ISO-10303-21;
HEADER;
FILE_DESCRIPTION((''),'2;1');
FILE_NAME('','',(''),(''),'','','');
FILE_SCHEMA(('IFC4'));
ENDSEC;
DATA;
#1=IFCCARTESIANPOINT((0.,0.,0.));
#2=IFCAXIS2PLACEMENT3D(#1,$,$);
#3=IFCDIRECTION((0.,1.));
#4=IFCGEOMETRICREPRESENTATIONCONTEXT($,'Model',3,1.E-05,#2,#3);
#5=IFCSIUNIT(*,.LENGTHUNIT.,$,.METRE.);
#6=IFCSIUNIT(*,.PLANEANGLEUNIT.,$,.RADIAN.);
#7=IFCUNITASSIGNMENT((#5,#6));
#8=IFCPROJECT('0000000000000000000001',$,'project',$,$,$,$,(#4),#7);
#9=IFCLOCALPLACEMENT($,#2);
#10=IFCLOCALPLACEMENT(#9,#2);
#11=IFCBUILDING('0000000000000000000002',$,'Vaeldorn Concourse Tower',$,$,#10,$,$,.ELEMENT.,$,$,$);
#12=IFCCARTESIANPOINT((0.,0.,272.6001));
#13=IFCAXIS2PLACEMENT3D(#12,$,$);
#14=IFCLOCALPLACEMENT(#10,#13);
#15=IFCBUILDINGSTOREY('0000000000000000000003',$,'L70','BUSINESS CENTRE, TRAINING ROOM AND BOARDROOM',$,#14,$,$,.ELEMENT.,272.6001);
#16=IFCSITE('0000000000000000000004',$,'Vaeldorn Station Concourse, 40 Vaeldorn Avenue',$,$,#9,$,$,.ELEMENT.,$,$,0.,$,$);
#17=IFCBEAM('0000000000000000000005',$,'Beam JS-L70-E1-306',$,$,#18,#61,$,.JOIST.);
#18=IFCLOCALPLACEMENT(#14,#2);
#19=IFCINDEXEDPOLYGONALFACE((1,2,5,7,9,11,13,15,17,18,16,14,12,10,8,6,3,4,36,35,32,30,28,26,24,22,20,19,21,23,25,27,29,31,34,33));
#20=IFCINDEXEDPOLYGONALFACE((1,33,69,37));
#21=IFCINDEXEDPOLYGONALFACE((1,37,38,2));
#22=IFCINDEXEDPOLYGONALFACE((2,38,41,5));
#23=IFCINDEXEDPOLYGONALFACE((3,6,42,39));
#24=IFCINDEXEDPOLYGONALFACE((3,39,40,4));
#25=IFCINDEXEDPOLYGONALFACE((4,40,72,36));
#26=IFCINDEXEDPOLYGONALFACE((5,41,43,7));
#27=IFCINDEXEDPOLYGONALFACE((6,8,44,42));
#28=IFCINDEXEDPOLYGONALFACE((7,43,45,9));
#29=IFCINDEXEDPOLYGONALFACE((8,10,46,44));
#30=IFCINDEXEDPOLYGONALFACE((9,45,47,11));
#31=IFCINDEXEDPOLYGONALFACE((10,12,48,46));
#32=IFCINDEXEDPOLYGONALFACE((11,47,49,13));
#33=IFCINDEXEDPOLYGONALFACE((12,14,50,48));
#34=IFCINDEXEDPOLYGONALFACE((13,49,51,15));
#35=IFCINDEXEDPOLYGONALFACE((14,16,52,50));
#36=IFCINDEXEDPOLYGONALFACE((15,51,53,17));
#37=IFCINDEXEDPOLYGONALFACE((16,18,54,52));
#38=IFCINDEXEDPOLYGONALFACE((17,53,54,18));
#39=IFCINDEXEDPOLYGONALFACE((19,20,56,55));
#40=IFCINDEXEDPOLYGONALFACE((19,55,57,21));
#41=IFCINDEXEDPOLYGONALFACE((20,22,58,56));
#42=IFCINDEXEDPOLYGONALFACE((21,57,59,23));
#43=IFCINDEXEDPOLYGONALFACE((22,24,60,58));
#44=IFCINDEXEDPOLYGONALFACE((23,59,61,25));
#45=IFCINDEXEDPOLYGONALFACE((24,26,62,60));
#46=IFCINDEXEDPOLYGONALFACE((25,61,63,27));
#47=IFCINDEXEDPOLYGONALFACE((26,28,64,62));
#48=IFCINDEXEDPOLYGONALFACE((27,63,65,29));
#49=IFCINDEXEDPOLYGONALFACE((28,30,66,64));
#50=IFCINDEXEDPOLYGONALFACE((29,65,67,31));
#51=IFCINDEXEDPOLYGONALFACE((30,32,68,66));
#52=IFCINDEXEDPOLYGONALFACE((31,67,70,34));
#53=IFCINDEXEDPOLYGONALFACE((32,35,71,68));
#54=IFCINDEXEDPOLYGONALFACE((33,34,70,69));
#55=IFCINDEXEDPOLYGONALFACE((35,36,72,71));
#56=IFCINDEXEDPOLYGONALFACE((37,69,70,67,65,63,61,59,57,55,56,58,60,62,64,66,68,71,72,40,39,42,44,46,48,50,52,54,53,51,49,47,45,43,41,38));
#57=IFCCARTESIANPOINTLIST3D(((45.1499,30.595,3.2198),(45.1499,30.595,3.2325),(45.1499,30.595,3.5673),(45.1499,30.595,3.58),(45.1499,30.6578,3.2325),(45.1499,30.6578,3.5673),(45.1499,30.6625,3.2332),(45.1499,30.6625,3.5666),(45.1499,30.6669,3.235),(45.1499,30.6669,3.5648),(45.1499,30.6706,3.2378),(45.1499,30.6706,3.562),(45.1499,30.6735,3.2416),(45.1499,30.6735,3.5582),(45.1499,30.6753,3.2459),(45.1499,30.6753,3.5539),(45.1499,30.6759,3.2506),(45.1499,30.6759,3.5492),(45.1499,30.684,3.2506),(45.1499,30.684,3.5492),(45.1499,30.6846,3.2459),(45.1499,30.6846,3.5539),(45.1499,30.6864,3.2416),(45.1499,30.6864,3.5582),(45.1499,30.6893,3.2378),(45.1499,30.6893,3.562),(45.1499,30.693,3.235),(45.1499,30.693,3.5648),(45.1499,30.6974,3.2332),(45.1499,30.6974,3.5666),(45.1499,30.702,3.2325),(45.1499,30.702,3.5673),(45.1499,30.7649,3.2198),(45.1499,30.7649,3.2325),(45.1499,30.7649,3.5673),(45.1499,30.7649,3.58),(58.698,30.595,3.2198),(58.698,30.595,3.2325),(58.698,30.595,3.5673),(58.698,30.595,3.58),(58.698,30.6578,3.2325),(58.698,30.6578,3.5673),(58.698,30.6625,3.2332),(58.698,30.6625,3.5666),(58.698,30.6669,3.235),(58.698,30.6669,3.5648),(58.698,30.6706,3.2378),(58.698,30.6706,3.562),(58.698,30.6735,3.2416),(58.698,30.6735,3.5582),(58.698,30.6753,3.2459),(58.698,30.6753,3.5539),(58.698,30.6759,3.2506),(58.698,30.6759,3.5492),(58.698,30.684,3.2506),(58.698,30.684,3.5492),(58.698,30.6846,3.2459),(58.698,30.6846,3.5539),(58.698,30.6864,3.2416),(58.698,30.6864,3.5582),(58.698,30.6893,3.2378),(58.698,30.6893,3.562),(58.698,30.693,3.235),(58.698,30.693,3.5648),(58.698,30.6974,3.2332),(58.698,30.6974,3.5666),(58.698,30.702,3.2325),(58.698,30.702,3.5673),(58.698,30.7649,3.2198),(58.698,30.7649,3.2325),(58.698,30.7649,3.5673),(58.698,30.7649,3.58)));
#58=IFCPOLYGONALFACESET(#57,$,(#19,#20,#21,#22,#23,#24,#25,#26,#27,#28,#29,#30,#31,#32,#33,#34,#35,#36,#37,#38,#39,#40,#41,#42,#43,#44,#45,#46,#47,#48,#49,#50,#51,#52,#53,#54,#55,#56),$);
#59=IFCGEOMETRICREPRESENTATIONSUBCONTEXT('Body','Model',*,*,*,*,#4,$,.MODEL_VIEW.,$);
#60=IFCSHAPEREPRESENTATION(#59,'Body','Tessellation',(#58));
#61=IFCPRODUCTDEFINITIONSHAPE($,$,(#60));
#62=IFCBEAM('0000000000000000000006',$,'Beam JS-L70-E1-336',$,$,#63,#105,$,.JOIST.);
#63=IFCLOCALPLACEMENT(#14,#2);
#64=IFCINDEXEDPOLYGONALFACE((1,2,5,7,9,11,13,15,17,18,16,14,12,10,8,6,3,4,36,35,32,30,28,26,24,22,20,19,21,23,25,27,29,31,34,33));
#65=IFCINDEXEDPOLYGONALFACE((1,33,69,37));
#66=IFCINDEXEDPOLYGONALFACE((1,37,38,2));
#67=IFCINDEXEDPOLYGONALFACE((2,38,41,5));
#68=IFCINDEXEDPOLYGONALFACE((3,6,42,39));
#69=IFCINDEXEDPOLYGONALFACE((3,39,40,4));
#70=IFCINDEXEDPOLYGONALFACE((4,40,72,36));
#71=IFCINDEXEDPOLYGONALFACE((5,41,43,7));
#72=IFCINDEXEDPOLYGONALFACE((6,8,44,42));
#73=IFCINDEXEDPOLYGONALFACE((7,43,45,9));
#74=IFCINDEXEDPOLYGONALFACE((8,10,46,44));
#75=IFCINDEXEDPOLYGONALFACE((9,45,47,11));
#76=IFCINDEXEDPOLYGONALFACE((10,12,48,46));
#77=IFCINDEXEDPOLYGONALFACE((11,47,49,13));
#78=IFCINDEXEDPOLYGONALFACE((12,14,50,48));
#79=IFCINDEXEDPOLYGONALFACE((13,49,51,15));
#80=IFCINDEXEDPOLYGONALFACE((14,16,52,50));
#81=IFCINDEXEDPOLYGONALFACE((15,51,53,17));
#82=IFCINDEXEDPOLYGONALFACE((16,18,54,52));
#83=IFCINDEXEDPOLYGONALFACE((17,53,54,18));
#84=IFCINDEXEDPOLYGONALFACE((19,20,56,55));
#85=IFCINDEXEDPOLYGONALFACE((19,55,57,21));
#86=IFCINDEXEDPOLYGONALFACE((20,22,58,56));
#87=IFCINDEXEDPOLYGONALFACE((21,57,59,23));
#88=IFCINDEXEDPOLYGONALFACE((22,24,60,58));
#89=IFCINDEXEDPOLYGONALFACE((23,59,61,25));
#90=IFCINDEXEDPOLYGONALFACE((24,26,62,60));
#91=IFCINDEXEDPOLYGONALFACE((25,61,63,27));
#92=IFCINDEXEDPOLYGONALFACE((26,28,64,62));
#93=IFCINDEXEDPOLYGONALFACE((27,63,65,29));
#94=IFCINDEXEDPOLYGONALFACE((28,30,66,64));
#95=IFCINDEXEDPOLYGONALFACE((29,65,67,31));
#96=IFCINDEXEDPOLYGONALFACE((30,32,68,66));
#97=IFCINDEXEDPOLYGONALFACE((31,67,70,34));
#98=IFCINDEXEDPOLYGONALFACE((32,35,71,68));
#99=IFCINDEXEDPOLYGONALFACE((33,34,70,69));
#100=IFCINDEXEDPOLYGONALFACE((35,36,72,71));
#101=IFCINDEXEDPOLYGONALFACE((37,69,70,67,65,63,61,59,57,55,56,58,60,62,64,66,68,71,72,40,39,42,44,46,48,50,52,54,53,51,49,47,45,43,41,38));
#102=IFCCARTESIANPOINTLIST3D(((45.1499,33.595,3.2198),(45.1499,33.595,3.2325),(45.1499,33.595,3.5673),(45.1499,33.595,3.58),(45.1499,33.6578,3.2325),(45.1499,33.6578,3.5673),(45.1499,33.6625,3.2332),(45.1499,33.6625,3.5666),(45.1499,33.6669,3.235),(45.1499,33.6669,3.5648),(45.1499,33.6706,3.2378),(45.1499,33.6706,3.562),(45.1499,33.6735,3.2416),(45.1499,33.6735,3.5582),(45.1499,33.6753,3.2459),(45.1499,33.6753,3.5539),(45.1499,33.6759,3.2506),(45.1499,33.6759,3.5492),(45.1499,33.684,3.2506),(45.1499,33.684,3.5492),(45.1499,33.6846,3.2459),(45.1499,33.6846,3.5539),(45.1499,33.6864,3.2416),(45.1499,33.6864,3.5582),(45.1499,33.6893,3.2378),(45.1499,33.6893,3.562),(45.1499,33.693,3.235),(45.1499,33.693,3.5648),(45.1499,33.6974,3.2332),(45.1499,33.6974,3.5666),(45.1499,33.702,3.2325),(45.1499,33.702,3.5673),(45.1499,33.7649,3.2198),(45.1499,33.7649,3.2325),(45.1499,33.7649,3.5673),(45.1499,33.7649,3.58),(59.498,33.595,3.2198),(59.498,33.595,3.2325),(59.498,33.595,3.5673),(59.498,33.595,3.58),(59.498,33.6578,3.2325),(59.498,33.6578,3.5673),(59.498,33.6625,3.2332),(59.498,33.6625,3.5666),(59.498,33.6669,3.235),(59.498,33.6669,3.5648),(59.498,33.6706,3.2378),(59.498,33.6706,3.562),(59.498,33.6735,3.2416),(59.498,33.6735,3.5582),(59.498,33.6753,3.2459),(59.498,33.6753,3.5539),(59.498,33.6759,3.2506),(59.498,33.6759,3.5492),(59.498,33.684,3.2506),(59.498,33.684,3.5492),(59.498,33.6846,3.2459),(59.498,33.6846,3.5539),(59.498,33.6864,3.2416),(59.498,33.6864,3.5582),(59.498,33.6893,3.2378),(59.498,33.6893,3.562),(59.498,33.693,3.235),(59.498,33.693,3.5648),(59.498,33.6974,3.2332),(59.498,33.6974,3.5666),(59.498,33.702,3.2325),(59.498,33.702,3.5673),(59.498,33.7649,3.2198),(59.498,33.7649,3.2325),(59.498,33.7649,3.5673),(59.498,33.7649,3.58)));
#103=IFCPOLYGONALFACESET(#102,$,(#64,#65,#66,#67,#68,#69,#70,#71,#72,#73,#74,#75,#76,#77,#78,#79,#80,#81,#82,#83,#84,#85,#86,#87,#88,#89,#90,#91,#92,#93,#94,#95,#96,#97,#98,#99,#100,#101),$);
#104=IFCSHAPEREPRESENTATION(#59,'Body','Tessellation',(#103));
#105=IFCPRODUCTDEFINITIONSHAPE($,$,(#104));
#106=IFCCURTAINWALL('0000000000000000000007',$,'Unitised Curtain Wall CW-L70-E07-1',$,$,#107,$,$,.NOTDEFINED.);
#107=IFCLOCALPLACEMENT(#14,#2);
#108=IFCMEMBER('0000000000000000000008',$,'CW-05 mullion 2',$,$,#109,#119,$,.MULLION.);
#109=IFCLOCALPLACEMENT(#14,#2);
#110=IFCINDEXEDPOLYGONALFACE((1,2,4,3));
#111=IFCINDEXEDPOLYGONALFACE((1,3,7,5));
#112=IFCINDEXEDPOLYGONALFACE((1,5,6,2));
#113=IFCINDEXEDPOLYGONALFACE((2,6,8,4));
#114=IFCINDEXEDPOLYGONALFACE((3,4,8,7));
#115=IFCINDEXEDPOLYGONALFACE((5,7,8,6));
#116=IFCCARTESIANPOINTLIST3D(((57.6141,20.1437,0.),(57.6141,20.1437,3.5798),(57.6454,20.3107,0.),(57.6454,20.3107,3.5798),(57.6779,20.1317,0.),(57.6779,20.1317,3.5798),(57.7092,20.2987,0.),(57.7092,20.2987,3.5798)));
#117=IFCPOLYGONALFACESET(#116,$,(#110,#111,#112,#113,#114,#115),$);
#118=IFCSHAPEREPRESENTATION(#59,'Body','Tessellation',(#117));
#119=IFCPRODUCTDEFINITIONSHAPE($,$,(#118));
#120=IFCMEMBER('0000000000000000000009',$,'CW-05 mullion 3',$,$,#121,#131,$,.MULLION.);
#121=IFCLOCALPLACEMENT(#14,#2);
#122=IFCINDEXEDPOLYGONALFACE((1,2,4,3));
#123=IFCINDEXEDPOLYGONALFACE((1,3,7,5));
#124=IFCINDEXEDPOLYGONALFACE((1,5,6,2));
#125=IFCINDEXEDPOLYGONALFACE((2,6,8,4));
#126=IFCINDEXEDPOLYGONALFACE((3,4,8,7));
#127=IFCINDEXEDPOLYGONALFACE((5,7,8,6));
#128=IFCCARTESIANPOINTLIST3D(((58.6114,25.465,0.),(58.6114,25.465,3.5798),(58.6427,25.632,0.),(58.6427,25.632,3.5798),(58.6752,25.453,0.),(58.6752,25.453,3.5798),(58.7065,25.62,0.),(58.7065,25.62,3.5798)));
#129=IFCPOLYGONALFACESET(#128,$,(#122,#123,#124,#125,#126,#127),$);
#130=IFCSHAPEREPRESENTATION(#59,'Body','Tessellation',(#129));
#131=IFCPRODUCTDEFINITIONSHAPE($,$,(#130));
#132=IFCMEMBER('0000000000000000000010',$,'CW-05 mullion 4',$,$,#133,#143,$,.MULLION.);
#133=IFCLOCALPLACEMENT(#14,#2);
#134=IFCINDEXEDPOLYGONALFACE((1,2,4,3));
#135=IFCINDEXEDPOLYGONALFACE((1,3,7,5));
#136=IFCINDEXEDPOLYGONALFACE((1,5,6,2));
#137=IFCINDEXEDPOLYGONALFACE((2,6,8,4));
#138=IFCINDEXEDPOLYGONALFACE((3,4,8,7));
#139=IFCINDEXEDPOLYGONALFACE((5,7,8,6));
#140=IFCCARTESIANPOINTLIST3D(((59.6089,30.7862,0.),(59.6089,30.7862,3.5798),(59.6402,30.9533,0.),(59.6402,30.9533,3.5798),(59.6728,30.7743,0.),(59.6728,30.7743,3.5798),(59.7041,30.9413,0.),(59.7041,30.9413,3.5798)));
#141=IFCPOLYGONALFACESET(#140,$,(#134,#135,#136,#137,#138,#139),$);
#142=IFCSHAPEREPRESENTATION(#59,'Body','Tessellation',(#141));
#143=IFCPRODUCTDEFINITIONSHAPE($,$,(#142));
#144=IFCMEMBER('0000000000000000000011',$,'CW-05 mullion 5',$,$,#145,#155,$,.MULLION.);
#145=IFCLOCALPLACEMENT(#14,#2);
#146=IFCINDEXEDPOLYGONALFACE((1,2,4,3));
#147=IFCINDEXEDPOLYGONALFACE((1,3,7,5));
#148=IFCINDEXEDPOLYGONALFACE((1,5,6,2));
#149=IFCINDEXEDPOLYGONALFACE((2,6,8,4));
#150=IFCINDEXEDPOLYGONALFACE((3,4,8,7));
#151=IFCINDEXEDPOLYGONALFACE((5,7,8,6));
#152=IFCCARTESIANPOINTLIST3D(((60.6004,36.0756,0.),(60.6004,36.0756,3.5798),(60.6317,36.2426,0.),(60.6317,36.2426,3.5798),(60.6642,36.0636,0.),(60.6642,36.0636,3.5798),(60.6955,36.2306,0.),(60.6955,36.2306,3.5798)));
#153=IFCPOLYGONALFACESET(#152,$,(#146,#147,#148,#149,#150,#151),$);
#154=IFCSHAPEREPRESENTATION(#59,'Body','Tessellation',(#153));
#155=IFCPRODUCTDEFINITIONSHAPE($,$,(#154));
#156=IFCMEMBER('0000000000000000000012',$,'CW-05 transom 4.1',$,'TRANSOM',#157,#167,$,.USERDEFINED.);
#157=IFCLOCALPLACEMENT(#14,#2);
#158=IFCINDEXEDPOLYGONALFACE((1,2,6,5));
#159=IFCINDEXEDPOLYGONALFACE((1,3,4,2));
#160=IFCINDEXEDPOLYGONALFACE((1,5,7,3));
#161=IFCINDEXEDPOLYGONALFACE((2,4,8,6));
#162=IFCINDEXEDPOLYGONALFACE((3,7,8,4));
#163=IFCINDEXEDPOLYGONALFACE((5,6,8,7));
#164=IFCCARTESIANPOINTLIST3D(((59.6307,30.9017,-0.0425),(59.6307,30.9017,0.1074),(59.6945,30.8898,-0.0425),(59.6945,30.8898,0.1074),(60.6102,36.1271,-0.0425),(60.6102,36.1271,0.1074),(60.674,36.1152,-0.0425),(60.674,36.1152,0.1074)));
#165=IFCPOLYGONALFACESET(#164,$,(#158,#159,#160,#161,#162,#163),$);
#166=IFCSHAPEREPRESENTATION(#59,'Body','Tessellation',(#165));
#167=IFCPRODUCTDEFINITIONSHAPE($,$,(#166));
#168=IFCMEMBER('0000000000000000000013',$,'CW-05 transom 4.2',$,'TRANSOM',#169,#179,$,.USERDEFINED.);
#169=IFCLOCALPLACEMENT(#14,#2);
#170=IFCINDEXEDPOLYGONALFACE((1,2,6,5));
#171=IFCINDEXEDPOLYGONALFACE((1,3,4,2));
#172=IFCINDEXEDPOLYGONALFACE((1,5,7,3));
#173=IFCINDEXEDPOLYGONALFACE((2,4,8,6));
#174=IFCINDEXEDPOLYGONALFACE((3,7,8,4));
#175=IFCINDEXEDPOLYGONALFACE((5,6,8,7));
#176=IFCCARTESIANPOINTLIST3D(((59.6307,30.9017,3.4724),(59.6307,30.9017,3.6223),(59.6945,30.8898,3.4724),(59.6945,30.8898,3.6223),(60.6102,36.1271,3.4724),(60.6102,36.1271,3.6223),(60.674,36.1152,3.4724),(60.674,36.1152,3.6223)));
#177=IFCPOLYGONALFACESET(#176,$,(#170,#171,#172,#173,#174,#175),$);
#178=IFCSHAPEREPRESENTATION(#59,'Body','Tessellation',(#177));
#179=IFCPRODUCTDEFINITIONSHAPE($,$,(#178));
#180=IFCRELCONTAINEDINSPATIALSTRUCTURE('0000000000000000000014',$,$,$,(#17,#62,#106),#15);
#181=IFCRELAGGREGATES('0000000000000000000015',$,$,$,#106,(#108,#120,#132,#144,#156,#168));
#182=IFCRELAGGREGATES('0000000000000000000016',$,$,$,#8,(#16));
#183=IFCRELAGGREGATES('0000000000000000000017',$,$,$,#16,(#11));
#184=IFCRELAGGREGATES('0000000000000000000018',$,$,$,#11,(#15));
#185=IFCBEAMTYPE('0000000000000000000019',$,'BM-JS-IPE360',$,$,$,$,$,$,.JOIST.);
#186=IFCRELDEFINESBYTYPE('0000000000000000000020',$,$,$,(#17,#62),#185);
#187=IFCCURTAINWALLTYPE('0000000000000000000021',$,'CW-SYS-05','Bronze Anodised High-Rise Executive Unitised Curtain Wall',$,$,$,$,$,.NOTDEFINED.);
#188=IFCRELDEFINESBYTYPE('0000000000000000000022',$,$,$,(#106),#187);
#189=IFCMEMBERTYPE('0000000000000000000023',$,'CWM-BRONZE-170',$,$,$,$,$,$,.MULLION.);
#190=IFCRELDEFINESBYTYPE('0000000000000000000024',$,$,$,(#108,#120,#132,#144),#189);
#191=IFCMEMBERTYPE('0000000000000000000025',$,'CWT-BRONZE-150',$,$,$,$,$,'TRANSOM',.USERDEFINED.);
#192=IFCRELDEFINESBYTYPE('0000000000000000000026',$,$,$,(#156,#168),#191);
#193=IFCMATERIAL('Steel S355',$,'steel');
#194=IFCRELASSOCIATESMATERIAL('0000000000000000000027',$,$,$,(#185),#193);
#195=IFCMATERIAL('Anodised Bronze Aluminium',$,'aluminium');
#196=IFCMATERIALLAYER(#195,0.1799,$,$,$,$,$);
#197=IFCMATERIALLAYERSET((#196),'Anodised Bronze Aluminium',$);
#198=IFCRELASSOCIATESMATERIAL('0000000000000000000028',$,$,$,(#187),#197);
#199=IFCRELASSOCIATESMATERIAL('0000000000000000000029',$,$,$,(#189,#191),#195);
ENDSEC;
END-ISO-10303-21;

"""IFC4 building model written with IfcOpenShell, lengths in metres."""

from ifc_helpers import new_model, si_unit, direction, frame, origin, origin_2d, place, context, subcontext, project, spatial, rectangle, i_section, extrude, source, transform, mapped, material, layer, layer_set, material_profile, profile_set, type_object, element, aggregate, save


model = new_model("IFC4")

# Units and contexts
model_context = context("Model", 3, precision=1e-05, world=origin(), true_north=direction((0.0, 1.0)))
body_context = subcontext(model_context, "Body", "Model", "MODEL_VIEW")
ifc_project = project(units=[si_unit("LENGTHUNIT", "METRE"), si_unit("PLANEANGLEUNIT", "RADIAN")], contexts=[model_context])

# Site, building, storey
site_placement = place(None, origin())
site = spatial("IfcSite", under=ifc_project, at=site_placement, Name="Vaeldorn Station Concourse, 40 Vaeldorn Avenue", CompositionType="ELEMENT", RefElevation=0.0)
building_placement = place(site_placement, origin())
building = spatial("IfcBuilding", under=site, at=building_placement, Name="Vaeldorn Concourse Tower", CompositionType="ELEMENT")
storey_placement = place(building_placement, frame((0.0, 0.0, 272.6001)))
storey = spatial("IfcBuildingStorey", under=building, at=storey_placement, Name="L70", Description="BUSINESS CENTRE, TRAINING ROOM AND BOARDROOM", CompositionType="ELEMENT", Elevation=272.6001)

# Shared definitions
ifc_material_1 = material(Name="Steel S355", Category="steel")

# Beams
ifc_material_profile_1 = material_profile(ifc_material_1, i_section(OverallWidth=0.1699, OverallDepth=0.3601, WebThickness=0.0081, FlangeThickness=0.0127, FilletRadius=0.0181, at=origin_2d()), Name="IPE 360")
ifc_profile_set_1 = profile_set([ifc_material_profile_1], Name="Steel S355")
beam_type_1 = type_object("IfcBeamType", Name="BM-JS-IPE360", PredefinedType="JOIST", material=ifc_profile_set_1)
shared_shape_1 = source(origin(), body_context, "Body", "SweptSolid", [
    extrude(i_section(OverallWidth=0.1699, OverallDepth=0.3601, WebThickness=0.0081, FlangeThickness=0.0127, FilletRadius=0.0181, at=origin_2d()), origin(), (0.0, 0.0, 1.0), 13.5481),
])
beam_1_placement = place(storey_placement, frame((45.1499, 30.6799, 3.3999), z_axis=(1.0, 0.0, 0.0), x_axis=(0.0, 1.0, 0.0)))
element("IfcBeam", 1, at=beam_1_placement, inside=storey, type_object=beam_type_1, Name="Beam JS-L70-E1-306", PredefinedType="JOIST", context=body_context, shape_type="MappedRepresentation", body=[
    mapped(shared_shape_1, transform((0.0, 0.0, 0.0), scale=1.0)),
])
shared_shape_2 = source(origin(), body_context, "Body", "SweptSolid", [
    extrude(i_section(OverallWidth=0.1699, OverallDepth=0.3601, WebThickness=0.0081, FlangeThickness=0.0127, FilletRadius=0.0181, at=origin_2d()), origin(), (0.0, 0.0, 1.0), 14.3481),
])
beam_2_placement = place(storey_placement, frame((45.1499, 33.6799, 3.3999), z_axis=(1.0, 0.0, 0.0), x_axis=(0.0, 1.0, 0.0)))
element("IfcBeam", 2, at=beam_2_placement, inside=storey, type_object=beam_type_1, Name="Beam JS-L70-E1-336", PredefinedType="JOIST", context=body_context, shape_type="MappedRepresentation", body=[
    mapped(shared_shape_2, transform((0.0, 0.0, 0.0), scale=1.0)),
])

# Curtain wall, members
ifc_material_2 = material(Name="Anodised Bronze Aluminium", Category="aluminium")
ifc_layer_1 = layer(ifc_material_2, 0.1799)
ifc_layer_set_1 = layer_set([ifc_layer_1], Name="Anodised Bronze Aluminium")
curtain_wall_type = type_object("IfcCurtainWallType", Name="CW-SYS-05", Description="Bronze Anodised High-Rise Executive Unitised Curtain Wall", PredefinedType="NOTDEFINED", material=ifc_layer_set_1)
curtain_wall_placement = place(storey_placement, origin())
curtain_wall = element("IfcCurtainWall", 3, at=curtain_wall_placement, inside=storey, type_object=curtain_wall_type, Name="Unitised Curtain Wall CW-L70-E07-1", PredefinedType="NOTDEFINED")
ifc_material_profile_2 = material_profile(ifc_material_2, rectangle(XDim=0.0649, YDim=0.1699, at=origin_2d()), Name="CWM 65x170")
ifc_profile_set_2 = profile_set([ifc_material_profile_2], Name="Anodised Bronze Aluminium")
member_type_1 = type_object("IfcMemberType", Name="CWM-BRONZE-170", PredefinedType="MULLION", material=ifc_profile_set_2)
shared_shape_3 = source(origin(), body_context, "Body", "SweptSolid", [
    extrude(rectangle(XDim=0.0649, YDim=0.1699, at=origin_2d()), origin(), (0.0, 0.0, 1.0), 3.5798),
])
member_1_placement = place(storey_placement, frame((57.6616, 20.2212, 0.0), z_axis=(0.0, 0.0, 1.0), x_axis=(-0.98288, 0.184247, 0.0)))
member_1 = element("IfcMember", 4, at=member_1_placement, type_object=member_type_1, Name="CW-05 mullion 2", PredefinedType="MULLION", context=body_context, shape_type="MappedRepresentation", body=[
    mapped(shared_shape_3, transform((0.0, 0.0, 0.0), scale=1.0)),
])
member_2_placement = place(storey_placement, frame((58.6589, 25.5425, 0.0), z_axis=(0.0, 0.0, 1.0), x_axis=(-0.98288, 0.184247, 0.0)))
member_2 = element("IfcMember", 5, at=member_2_placement, type_object=member_type_1, Name="CW-05 mullion 3", PredefinedType="MULLION", context=body_context, shape_type="MappedRepresentation", body=[
    mapped(shared_shape_3, transform((0.0, 0.0, 0.0), scale=1.0)),
])
member_3_placement = place(storey_placement, frame((59.6565, 30.8638, 0.0), z_axis=(0.0, 0.0, 1.0), x_axis=(-0.98288, 0.184247, 0.0)))
member_3 = element("IfcMember", 6, at=member_3_placement, type_object=member_type_1, Name="CW-05 mullion 4", PredefinedType="MULLION", context=body_context, shape_type="MappedRepresentation", body=[
    mapped(shared_shape_3, transform((0.0, 0.0, 0.0), scale=1.0)),
])
member_4_placement = place(storey_placement, frame((60.6479, 36.1531, 0.0), z_axis=(0.0, 0.0, 1.0), x_axis=(-0.98288, 0.184247, 0.0)))
member_4 = element("IfcMember", 7, at=member_4_placement, type_object=member_type_1, Name="CW-05 mullion 5", PredefinedType="MULLION", context=body_context, shape_type="MappedRepresentation", body=[
    mapped(shared_shape_3, transform((0.0, 0.0, 0.0), scale=1.0)),
])
ifc_material_profile_3 = material_profile(ifc_material_2, rectangle(XDim=0.0649, YDim=0.1499, at=origin_2d()), Name="CWT 65x150")
ifc_profile_set_3 = profile_set([ifc_material_profile_3], Name="Anodised Bronze Aluminium")
member_type_2 = type_object("IfcMemberType", Name="CWT-BRONZE-150", ElementType="TRANSOM", PredefinedType="USERDEFINED", material=ifc_profile_set_3)
shared_shape_4 = source(origin(), body_context, "Body", "SweptSolid", [
    extrude(rectangle(XDim=0.0649, YDim=0.1499, at=origin_2d()), origin(), (0.0, 0.0, 1.0), 5.3164),
])
member_5_placement = place(storey_placement, frame((59.6626, 30.8958, 0.0325), z_axis=(0.184241, 0.982881, 0.0), x_axis=(-0.982881, 0.184241, 0.0)))
member_5 = element("IfcMember", 8, at=member_5_placement, type_object=member_type_2, Name="CW-05 transom 4.1", ObjectType="TRANSOM", PredefinedType="USERDEFINED", context=body_context, shape_type="MappedRepresentation", body=[
    mapped(shared_shape_4, transform((0.0, 0.0, 0.0), scale=1.0)),
])
member_6_placement = place(storey_placement, frame((59.6626, 30.8958, 3.5474), z_axis=(0.184241, 0.982881, 0.0), x_axis=(-0.982881, 0.184241, 0.0)))
member_6 = element("IfcMember", 9, at=member_6_placement, type_object=member_type_2, Name="CW-05 transom 4.2", ObjectType="TRANSOM", PredefinedType="USERDEFINED", context=body_context, shape_type="MappedRepresentation", body=[
    mapped(shared_shape_4, transform((0.0, 0.0, 0.0), scale=1.0)),
])
aggregate(curtain_wall, [member_1, member_2, member_3, member_4, member_5, member_6])

save(model, "model.ifc")
